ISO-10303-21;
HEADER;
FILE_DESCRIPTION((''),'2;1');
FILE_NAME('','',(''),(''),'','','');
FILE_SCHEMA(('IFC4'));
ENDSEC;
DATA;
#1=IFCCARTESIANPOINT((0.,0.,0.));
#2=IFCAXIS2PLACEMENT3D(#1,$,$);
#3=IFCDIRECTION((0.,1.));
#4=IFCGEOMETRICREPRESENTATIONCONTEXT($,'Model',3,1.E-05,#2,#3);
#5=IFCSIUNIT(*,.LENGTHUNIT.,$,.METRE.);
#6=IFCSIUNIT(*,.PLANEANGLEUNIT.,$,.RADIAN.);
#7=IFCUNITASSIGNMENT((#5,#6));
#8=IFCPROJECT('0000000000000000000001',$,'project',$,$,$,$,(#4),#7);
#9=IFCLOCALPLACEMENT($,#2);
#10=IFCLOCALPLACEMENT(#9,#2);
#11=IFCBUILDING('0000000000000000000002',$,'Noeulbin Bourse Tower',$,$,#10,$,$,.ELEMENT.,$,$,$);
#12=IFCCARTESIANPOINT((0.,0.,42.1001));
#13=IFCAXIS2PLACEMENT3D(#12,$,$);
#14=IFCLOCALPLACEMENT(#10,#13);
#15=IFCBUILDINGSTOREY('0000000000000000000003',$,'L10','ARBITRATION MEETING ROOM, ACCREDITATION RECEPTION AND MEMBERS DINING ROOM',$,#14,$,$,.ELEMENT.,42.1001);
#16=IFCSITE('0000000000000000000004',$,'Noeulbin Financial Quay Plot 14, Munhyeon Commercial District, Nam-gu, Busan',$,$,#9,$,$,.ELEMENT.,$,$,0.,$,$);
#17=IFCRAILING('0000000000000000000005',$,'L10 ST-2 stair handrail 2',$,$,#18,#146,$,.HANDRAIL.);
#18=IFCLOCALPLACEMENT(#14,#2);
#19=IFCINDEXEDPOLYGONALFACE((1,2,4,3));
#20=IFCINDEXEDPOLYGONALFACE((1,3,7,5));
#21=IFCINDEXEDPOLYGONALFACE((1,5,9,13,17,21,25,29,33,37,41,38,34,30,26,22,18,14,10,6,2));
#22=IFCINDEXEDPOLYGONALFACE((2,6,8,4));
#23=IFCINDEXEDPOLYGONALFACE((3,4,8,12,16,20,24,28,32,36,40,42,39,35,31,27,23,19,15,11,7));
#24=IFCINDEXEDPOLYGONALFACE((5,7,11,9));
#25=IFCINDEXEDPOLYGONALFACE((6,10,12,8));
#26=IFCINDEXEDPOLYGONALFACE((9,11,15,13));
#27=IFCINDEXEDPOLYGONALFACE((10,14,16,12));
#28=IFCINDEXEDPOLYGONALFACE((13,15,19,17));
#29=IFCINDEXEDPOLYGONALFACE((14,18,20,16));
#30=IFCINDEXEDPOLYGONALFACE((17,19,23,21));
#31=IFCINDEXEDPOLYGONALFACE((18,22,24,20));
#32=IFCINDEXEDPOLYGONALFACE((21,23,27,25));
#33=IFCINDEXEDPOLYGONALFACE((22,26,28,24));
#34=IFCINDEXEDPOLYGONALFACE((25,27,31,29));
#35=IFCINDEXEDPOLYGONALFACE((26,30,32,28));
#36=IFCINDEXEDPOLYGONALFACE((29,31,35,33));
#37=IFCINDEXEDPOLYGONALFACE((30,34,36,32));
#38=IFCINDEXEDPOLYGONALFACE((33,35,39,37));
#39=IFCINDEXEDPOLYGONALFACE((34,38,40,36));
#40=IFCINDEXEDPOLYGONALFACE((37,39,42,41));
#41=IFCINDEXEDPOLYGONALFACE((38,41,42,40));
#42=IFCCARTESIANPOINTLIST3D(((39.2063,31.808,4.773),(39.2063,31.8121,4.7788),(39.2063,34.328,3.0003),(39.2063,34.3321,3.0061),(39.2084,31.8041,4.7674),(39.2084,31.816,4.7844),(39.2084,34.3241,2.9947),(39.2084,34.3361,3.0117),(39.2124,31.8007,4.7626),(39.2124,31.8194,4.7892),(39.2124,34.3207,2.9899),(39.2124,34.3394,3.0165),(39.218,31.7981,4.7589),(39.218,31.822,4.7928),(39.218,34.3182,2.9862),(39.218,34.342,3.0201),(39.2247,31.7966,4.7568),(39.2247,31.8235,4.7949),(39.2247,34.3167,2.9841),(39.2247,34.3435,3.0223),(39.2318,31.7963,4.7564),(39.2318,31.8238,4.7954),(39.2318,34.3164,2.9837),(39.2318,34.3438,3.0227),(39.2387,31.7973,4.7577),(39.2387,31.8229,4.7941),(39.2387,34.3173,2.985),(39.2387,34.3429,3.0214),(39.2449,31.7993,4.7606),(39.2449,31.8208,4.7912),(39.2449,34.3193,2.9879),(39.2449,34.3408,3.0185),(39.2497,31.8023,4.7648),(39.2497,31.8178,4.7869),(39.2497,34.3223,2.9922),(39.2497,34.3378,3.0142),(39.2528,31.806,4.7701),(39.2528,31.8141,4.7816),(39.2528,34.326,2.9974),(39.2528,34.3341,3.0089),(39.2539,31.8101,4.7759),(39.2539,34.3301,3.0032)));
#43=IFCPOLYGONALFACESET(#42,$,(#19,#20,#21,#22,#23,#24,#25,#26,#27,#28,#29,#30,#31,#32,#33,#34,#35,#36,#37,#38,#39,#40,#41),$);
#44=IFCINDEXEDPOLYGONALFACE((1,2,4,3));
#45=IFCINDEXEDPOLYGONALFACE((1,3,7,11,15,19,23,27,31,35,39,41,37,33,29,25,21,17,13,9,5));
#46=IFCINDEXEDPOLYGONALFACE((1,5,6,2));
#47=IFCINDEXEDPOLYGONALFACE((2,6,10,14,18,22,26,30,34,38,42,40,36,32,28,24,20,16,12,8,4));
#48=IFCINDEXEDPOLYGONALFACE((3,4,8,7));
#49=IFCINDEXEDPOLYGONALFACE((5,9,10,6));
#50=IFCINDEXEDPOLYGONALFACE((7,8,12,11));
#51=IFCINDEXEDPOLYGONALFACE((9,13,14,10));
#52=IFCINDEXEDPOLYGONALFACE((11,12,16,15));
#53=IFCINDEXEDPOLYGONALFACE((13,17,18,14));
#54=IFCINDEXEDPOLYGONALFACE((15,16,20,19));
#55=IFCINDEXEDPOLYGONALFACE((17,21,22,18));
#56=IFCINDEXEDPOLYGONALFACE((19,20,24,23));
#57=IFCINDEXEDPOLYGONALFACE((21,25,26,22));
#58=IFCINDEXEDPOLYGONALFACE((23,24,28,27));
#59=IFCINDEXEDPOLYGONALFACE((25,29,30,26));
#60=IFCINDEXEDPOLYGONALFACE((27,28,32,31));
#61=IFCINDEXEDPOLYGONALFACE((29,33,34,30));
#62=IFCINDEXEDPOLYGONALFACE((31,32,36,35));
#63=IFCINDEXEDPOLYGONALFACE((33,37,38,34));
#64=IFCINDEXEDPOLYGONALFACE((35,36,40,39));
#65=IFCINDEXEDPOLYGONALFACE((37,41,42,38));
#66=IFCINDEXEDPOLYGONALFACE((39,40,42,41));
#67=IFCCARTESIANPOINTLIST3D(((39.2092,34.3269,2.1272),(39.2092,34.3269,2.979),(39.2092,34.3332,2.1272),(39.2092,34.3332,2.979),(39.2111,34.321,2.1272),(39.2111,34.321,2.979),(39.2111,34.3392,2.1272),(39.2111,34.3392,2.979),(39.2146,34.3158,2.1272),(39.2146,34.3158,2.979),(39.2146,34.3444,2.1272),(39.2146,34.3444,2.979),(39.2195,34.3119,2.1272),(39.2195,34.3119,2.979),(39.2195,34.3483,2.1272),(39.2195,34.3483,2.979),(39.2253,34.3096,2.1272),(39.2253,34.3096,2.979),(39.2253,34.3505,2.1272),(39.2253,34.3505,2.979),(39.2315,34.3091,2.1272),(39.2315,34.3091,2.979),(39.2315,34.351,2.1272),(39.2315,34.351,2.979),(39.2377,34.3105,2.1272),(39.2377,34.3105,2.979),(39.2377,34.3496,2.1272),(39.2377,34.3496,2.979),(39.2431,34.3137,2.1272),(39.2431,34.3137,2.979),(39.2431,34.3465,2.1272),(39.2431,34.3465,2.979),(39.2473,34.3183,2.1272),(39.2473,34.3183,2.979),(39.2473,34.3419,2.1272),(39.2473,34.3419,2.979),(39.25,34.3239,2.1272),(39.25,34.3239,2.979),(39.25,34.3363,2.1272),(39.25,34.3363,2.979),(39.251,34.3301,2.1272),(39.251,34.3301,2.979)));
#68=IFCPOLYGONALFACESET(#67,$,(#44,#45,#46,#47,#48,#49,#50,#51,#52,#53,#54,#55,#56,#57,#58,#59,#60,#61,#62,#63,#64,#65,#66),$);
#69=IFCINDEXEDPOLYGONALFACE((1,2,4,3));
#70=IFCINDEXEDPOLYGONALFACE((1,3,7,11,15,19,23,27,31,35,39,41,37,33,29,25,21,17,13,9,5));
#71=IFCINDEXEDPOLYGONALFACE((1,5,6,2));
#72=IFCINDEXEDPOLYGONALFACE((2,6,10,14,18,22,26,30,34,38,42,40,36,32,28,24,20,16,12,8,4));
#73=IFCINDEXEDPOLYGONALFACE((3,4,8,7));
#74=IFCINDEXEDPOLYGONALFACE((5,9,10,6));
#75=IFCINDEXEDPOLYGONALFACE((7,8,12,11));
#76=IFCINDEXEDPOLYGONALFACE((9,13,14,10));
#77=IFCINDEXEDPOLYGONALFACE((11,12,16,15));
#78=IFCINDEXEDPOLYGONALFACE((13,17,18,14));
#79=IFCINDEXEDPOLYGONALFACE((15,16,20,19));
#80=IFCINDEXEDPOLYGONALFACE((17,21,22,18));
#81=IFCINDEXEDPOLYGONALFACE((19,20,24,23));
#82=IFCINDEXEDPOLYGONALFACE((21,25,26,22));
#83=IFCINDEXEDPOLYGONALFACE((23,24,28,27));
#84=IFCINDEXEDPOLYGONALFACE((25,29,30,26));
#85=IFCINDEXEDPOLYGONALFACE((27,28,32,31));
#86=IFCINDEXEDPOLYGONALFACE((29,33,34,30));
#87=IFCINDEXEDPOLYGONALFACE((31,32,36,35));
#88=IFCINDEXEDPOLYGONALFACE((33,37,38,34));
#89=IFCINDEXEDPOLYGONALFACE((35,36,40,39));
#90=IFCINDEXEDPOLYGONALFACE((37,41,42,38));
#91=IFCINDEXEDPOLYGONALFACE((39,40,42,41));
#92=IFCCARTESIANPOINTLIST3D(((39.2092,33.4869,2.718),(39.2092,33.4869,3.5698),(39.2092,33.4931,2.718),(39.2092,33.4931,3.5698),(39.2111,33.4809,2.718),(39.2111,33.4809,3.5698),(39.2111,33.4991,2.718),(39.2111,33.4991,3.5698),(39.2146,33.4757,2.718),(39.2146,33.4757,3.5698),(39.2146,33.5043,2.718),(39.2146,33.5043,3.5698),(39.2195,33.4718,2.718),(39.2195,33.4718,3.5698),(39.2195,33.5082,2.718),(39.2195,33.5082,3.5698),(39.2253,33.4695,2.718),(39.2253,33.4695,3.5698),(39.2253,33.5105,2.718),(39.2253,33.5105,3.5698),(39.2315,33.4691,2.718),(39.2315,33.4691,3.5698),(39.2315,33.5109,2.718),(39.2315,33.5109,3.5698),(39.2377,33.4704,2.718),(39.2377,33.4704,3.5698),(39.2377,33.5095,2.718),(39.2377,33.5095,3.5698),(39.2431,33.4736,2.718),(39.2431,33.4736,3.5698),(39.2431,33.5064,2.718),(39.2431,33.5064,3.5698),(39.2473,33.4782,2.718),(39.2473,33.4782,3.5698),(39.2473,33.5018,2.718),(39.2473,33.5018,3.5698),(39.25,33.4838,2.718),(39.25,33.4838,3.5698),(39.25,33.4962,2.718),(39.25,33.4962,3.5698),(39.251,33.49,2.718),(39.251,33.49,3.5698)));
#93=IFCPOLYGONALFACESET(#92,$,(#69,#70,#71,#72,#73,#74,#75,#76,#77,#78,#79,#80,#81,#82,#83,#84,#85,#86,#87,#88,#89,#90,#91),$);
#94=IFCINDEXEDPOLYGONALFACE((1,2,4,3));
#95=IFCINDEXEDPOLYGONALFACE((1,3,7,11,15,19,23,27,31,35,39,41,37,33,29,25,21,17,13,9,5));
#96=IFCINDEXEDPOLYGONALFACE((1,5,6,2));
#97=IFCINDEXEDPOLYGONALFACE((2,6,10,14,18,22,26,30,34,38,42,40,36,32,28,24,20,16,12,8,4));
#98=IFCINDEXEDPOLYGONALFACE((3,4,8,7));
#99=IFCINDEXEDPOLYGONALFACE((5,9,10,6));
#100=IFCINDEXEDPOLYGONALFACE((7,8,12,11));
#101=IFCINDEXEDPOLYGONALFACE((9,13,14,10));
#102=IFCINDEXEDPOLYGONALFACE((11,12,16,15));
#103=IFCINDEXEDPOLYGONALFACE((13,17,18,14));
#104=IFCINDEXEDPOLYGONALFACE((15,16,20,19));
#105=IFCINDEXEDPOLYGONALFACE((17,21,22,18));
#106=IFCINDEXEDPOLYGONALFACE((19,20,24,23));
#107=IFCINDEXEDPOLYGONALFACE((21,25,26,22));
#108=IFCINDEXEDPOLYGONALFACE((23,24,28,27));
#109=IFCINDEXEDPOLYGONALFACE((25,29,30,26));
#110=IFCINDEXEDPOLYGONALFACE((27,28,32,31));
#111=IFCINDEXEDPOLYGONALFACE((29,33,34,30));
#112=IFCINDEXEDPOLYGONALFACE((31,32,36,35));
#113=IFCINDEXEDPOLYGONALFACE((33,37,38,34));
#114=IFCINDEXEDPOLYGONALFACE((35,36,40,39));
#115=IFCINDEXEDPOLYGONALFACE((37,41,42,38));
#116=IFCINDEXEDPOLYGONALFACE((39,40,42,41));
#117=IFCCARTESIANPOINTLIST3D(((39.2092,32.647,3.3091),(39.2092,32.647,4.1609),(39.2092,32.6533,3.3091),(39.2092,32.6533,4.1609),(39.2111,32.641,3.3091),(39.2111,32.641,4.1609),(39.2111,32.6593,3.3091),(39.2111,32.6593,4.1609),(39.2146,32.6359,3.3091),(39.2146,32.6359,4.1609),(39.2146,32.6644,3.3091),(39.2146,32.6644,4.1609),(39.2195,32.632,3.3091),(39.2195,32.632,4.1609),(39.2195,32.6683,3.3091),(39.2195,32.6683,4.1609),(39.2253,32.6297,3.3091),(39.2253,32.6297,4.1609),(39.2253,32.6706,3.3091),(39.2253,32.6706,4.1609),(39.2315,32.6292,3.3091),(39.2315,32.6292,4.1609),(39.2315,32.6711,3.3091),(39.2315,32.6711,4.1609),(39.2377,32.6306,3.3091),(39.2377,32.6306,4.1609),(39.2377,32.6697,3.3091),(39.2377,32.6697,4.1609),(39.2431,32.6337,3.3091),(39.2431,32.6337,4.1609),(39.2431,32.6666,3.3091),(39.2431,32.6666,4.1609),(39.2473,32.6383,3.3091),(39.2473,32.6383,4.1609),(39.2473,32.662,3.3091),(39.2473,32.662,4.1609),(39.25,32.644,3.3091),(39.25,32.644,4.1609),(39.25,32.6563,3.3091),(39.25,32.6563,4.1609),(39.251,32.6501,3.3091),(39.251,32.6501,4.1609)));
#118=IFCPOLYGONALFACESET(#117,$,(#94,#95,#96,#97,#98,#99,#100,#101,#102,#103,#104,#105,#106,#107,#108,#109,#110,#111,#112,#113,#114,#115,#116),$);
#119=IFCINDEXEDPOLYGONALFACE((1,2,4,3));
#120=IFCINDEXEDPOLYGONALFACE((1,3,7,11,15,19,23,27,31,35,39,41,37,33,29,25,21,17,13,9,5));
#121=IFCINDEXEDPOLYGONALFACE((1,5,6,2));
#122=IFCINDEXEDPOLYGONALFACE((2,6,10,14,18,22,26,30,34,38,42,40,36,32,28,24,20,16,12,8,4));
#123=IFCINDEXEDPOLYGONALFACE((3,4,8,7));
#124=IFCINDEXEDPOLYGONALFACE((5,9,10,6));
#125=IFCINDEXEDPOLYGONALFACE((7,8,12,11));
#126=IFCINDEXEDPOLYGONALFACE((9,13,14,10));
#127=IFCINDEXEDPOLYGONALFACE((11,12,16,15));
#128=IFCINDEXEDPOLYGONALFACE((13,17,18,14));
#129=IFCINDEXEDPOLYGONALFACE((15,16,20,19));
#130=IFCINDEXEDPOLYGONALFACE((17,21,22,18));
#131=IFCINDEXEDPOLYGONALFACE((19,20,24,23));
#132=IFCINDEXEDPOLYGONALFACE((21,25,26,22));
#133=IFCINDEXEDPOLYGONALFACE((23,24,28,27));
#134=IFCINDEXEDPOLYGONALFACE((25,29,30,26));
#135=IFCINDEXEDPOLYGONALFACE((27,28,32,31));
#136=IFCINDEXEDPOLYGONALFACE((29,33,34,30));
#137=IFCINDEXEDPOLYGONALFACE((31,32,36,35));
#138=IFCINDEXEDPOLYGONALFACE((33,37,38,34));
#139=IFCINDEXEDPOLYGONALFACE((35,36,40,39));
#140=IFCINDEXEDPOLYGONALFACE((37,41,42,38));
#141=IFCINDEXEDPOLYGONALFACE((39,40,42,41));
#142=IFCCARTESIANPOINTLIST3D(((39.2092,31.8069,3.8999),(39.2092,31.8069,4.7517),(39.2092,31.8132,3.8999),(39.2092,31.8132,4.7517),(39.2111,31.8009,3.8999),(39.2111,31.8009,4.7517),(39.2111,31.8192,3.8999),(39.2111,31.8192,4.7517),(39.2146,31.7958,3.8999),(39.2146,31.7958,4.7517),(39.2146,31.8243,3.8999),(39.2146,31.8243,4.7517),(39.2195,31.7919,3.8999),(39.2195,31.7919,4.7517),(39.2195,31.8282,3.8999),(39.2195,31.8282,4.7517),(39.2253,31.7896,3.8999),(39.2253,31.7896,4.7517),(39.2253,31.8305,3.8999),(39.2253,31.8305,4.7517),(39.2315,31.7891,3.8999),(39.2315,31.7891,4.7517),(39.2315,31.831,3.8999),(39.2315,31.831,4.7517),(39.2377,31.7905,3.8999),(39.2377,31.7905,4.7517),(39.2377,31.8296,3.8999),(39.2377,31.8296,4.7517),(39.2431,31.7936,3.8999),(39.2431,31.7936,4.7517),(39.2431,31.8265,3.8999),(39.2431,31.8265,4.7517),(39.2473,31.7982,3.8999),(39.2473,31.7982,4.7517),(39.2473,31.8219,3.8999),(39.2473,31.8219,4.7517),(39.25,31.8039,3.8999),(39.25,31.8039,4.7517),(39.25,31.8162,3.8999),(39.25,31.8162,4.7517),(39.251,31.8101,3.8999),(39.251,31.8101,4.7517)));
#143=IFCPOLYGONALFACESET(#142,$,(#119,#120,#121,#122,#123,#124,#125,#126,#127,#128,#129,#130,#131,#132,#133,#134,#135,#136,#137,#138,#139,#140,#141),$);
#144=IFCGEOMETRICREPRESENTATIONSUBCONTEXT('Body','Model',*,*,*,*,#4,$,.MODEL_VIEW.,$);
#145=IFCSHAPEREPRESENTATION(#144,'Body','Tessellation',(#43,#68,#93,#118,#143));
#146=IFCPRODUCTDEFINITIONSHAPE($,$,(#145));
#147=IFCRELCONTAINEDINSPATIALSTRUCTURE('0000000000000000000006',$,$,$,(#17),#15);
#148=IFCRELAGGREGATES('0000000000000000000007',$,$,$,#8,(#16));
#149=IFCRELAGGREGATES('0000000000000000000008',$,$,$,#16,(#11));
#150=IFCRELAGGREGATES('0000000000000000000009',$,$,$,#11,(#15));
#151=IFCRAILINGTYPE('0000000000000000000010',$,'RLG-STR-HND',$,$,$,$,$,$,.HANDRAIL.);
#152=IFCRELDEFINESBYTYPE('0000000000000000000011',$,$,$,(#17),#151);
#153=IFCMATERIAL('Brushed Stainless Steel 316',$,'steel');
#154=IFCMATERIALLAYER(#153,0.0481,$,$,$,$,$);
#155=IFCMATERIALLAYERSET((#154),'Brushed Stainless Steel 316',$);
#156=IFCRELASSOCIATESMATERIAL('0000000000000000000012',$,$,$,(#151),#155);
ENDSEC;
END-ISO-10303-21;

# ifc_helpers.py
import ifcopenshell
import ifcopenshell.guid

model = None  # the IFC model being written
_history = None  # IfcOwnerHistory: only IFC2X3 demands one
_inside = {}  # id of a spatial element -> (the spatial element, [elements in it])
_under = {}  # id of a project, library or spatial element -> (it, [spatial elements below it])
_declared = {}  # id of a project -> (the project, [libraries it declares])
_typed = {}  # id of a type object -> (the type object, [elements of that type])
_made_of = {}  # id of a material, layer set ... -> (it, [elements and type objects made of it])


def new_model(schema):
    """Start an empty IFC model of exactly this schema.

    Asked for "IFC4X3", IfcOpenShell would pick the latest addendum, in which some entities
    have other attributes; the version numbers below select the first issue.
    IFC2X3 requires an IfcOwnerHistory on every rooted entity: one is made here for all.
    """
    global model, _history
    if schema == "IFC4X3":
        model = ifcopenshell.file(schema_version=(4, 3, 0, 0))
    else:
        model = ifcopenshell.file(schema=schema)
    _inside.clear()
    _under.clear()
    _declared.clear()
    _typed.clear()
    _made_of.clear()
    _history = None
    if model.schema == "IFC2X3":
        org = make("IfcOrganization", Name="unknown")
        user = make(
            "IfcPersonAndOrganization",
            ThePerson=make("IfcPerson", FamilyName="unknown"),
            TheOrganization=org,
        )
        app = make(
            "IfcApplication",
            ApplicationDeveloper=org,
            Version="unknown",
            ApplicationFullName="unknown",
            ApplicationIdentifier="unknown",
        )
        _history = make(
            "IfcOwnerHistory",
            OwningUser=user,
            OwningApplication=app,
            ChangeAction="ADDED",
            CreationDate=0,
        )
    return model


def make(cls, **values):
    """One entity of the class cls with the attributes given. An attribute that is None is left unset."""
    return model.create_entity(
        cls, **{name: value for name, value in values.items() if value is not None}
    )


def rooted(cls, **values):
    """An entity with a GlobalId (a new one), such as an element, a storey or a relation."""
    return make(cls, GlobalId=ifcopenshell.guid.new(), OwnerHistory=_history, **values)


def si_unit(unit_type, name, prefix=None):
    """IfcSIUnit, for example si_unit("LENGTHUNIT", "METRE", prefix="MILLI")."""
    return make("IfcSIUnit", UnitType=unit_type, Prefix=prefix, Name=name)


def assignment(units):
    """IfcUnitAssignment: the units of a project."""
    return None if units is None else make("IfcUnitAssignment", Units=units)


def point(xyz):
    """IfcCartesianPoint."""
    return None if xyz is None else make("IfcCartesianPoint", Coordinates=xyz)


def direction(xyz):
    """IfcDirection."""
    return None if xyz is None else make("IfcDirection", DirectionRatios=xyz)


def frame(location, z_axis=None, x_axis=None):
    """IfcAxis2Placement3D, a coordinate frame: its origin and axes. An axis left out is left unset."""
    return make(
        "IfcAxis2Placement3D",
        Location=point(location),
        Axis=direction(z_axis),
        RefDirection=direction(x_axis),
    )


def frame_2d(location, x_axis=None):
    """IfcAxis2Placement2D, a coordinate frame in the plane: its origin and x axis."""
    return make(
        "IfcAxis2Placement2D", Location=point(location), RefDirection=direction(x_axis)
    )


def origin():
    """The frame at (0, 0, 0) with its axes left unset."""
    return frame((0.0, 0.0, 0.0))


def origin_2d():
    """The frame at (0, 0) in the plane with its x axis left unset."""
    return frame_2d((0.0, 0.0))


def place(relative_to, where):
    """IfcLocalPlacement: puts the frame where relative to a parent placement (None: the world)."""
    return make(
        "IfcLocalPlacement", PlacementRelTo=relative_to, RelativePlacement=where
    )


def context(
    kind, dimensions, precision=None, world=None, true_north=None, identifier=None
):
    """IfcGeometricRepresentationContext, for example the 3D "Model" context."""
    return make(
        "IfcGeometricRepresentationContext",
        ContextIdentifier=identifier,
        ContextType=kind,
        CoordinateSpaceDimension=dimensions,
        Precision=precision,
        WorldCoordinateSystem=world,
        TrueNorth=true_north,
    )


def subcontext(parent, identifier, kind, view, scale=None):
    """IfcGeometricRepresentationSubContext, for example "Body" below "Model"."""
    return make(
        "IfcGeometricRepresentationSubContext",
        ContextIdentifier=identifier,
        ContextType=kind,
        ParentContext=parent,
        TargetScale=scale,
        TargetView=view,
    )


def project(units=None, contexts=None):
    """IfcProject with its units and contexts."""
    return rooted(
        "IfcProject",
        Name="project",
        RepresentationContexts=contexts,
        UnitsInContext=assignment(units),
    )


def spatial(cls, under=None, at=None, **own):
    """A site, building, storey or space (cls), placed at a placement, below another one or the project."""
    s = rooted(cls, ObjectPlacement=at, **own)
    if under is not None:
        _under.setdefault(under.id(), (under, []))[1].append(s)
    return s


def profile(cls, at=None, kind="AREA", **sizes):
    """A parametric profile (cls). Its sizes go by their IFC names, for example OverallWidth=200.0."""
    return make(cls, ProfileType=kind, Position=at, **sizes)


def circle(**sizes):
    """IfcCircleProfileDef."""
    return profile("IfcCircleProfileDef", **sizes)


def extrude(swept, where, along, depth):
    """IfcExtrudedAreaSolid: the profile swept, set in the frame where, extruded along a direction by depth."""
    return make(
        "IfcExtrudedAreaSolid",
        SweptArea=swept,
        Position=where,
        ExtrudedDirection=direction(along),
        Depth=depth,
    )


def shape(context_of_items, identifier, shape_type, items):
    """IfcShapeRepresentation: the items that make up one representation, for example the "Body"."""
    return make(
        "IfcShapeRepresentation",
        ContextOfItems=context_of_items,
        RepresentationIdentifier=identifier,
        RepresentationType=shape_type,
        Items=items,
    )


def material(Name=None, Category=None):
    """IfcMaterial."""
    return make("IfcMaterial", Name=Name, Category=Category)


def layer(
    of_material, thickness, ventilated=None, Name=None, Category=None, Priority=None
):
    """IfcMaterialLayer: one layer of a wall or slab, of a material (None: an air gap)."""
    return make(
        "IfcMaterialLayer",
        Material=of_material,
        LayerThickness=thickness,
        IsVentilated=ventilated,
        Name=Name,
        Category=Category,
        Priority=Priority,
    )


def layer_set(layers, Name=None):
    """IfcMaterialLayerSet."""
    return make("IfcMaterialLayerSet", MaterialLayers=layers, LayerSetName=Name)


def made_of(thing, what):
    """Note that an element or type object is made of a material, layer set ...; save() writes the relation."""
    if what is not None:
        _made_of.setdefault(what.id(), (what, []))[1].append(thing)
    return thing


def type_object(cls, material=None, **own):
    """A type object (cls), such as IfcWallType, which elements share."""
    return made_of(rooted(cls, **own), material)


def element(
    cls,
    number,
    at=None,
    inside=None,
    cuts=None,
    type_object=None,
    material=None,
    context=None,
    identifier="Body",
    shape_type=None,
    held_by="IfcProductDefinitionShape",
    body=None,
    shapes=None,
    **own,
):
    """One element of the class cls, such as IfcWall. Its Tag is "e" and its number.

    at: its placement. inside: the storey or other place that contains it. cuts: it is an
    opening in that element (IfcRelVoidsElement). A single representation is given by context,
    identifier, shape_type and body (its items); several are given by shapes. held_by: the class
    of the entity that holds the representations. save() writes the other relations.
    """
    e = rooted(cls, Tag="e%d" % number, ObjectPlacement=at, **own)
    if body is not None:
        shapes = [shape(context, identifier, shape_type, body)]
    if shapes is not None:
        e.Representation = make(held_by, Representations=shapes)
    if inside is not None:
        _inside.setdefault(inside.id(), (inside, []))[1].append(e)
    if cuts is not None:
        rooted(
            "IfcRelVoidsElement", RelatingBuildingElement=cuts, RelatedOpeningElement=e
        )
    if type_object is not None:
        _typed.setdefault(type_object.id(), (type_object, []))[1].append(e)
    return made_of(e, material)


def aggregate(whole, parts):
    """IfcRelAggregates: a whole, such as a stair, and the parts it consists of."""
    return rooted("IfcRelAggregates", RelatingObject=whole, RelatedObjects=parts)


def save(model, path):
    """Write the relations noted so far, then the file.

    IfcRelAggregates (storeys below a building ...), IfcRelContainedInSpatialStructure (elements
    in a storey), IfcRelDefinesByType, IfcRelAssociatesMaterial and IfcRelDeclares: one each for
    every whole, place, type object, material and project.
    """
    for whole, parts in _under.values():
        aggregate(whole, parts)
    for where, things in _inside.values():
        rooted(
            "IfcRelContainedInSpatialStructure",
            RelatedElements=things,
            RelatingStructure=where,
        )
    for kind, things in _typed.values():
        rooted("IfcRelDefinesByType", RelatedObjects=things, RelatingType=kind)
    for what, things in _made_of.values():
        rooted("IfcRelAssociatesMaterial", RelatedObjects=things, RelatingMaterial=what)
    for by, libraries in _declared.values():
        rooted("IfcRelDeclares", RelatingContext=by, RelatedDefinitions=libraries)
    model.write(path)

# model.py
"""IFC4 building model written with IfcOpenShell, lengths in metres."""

from ifc_helpers import new_model, si_unit, direction, frame, origin, origin_2d, place, context, subcontext, project, spatial, circle, extrude, material, layer, layer_set, type_object, element, save


model = new_model("IFC4")

# Units and contexts
model_context = context("Model", 3, precision=1e-05, world=origin(), true_north=direction((0.0, 1.0)))
body_context = subcontext(model_context, "Body", "Model", "MODEL_VIEW")
ifc_project = project(units=[si_unit("LENGTHUNIT", "METRE"), si_unit("PLANEANGLEUNIT", "RADIAN")], contexts=[model_context])

# Site, building, storey
site_placement = place(None, origin())
site = spatial("IfcSite", under=ifc_project, at=site_placement, Name="Noeulbin Financial Quay Plot 14, Munhyeon Commercial District, Nam-gu, Busan", CompositionType="ELEMENT", RefElevation=0.0)
building_placement = place(site_placement, origin())
building = spatial("IfcBuilding", under=site, at=building_placement, Name="Noeulbin Bourse Tower", CompositionType="ELEMENT")
storey_placement = place(building_placement, frame((0.0, 0.0, 42.1001)))
storey = spatial("IfcBuildingStorey", under=building, at=storey_placement, Name="L10", Description="ARBITRATION MEETING ROOM, ACCREDITATION RECEPTION AND MEMBERS DINING ROOM", CompositionType="ELEMENT", Elevation=42.1001)

# Shared definitions
ifc_material_1 = material(Name="Brushed Stainless Steel 316", Category="steel")

# Railing
ifc_layer_1 = layer(ifc_material_1, 0.0481)
ifc_layer_set_1 = layer_set([ifc_layer_1], Name="Brushed Stainless Steel 316")
railing_type = type_object("IfcRailingType", Name="RLG-STR-HND", PredefinedType="HANDRAIL", material=ifc_layer_set_1)
railing_placement = place(storey_placement, frame((39.23, 34.3301, 2.1272)))
element("IfcRailing", 1, at=railing_placement, inside=storey, type_object=railing_type, Name="L10 ST-2 stair handrail 2", PredefinedType="HANDRAIL", context=body_context, shape_type="SweptSolid", body=[
    extrude(circle(Radius=0.0239, at=origin_2d()), frame((0.0, 0.0, 0.876), z_axis=(0.0, -0.817904, 0.575354), x_axis=(1.0, 0.0, 0.0)), (0.0, 0.0, 1.0), 3.0811),
    extrude(circle(Radius=0.021, at=origin_2d()), origin(), (0.0, 0.0, 1.0), 0.8518),
    extrude(circle(Radius=0.021, at=origin_2d()), frame((0.0, -0.8401, 0.5908)), (0.0, 0.0, 1.0), 0.8518),
    extrude(circle(Radius=0.021, at=origin_2d()), frame((0.0, -1.6799, 1.1819)), (0.0, 0.0, 1.0), 0.8518),
    extrude(circle(Radius=0.021, at=origin_2d()), frame((0.0, -2.52, 1.7727)), (0.0, 0.0, 1.0), 0.8518),
])

save(model, "model.ifc")
